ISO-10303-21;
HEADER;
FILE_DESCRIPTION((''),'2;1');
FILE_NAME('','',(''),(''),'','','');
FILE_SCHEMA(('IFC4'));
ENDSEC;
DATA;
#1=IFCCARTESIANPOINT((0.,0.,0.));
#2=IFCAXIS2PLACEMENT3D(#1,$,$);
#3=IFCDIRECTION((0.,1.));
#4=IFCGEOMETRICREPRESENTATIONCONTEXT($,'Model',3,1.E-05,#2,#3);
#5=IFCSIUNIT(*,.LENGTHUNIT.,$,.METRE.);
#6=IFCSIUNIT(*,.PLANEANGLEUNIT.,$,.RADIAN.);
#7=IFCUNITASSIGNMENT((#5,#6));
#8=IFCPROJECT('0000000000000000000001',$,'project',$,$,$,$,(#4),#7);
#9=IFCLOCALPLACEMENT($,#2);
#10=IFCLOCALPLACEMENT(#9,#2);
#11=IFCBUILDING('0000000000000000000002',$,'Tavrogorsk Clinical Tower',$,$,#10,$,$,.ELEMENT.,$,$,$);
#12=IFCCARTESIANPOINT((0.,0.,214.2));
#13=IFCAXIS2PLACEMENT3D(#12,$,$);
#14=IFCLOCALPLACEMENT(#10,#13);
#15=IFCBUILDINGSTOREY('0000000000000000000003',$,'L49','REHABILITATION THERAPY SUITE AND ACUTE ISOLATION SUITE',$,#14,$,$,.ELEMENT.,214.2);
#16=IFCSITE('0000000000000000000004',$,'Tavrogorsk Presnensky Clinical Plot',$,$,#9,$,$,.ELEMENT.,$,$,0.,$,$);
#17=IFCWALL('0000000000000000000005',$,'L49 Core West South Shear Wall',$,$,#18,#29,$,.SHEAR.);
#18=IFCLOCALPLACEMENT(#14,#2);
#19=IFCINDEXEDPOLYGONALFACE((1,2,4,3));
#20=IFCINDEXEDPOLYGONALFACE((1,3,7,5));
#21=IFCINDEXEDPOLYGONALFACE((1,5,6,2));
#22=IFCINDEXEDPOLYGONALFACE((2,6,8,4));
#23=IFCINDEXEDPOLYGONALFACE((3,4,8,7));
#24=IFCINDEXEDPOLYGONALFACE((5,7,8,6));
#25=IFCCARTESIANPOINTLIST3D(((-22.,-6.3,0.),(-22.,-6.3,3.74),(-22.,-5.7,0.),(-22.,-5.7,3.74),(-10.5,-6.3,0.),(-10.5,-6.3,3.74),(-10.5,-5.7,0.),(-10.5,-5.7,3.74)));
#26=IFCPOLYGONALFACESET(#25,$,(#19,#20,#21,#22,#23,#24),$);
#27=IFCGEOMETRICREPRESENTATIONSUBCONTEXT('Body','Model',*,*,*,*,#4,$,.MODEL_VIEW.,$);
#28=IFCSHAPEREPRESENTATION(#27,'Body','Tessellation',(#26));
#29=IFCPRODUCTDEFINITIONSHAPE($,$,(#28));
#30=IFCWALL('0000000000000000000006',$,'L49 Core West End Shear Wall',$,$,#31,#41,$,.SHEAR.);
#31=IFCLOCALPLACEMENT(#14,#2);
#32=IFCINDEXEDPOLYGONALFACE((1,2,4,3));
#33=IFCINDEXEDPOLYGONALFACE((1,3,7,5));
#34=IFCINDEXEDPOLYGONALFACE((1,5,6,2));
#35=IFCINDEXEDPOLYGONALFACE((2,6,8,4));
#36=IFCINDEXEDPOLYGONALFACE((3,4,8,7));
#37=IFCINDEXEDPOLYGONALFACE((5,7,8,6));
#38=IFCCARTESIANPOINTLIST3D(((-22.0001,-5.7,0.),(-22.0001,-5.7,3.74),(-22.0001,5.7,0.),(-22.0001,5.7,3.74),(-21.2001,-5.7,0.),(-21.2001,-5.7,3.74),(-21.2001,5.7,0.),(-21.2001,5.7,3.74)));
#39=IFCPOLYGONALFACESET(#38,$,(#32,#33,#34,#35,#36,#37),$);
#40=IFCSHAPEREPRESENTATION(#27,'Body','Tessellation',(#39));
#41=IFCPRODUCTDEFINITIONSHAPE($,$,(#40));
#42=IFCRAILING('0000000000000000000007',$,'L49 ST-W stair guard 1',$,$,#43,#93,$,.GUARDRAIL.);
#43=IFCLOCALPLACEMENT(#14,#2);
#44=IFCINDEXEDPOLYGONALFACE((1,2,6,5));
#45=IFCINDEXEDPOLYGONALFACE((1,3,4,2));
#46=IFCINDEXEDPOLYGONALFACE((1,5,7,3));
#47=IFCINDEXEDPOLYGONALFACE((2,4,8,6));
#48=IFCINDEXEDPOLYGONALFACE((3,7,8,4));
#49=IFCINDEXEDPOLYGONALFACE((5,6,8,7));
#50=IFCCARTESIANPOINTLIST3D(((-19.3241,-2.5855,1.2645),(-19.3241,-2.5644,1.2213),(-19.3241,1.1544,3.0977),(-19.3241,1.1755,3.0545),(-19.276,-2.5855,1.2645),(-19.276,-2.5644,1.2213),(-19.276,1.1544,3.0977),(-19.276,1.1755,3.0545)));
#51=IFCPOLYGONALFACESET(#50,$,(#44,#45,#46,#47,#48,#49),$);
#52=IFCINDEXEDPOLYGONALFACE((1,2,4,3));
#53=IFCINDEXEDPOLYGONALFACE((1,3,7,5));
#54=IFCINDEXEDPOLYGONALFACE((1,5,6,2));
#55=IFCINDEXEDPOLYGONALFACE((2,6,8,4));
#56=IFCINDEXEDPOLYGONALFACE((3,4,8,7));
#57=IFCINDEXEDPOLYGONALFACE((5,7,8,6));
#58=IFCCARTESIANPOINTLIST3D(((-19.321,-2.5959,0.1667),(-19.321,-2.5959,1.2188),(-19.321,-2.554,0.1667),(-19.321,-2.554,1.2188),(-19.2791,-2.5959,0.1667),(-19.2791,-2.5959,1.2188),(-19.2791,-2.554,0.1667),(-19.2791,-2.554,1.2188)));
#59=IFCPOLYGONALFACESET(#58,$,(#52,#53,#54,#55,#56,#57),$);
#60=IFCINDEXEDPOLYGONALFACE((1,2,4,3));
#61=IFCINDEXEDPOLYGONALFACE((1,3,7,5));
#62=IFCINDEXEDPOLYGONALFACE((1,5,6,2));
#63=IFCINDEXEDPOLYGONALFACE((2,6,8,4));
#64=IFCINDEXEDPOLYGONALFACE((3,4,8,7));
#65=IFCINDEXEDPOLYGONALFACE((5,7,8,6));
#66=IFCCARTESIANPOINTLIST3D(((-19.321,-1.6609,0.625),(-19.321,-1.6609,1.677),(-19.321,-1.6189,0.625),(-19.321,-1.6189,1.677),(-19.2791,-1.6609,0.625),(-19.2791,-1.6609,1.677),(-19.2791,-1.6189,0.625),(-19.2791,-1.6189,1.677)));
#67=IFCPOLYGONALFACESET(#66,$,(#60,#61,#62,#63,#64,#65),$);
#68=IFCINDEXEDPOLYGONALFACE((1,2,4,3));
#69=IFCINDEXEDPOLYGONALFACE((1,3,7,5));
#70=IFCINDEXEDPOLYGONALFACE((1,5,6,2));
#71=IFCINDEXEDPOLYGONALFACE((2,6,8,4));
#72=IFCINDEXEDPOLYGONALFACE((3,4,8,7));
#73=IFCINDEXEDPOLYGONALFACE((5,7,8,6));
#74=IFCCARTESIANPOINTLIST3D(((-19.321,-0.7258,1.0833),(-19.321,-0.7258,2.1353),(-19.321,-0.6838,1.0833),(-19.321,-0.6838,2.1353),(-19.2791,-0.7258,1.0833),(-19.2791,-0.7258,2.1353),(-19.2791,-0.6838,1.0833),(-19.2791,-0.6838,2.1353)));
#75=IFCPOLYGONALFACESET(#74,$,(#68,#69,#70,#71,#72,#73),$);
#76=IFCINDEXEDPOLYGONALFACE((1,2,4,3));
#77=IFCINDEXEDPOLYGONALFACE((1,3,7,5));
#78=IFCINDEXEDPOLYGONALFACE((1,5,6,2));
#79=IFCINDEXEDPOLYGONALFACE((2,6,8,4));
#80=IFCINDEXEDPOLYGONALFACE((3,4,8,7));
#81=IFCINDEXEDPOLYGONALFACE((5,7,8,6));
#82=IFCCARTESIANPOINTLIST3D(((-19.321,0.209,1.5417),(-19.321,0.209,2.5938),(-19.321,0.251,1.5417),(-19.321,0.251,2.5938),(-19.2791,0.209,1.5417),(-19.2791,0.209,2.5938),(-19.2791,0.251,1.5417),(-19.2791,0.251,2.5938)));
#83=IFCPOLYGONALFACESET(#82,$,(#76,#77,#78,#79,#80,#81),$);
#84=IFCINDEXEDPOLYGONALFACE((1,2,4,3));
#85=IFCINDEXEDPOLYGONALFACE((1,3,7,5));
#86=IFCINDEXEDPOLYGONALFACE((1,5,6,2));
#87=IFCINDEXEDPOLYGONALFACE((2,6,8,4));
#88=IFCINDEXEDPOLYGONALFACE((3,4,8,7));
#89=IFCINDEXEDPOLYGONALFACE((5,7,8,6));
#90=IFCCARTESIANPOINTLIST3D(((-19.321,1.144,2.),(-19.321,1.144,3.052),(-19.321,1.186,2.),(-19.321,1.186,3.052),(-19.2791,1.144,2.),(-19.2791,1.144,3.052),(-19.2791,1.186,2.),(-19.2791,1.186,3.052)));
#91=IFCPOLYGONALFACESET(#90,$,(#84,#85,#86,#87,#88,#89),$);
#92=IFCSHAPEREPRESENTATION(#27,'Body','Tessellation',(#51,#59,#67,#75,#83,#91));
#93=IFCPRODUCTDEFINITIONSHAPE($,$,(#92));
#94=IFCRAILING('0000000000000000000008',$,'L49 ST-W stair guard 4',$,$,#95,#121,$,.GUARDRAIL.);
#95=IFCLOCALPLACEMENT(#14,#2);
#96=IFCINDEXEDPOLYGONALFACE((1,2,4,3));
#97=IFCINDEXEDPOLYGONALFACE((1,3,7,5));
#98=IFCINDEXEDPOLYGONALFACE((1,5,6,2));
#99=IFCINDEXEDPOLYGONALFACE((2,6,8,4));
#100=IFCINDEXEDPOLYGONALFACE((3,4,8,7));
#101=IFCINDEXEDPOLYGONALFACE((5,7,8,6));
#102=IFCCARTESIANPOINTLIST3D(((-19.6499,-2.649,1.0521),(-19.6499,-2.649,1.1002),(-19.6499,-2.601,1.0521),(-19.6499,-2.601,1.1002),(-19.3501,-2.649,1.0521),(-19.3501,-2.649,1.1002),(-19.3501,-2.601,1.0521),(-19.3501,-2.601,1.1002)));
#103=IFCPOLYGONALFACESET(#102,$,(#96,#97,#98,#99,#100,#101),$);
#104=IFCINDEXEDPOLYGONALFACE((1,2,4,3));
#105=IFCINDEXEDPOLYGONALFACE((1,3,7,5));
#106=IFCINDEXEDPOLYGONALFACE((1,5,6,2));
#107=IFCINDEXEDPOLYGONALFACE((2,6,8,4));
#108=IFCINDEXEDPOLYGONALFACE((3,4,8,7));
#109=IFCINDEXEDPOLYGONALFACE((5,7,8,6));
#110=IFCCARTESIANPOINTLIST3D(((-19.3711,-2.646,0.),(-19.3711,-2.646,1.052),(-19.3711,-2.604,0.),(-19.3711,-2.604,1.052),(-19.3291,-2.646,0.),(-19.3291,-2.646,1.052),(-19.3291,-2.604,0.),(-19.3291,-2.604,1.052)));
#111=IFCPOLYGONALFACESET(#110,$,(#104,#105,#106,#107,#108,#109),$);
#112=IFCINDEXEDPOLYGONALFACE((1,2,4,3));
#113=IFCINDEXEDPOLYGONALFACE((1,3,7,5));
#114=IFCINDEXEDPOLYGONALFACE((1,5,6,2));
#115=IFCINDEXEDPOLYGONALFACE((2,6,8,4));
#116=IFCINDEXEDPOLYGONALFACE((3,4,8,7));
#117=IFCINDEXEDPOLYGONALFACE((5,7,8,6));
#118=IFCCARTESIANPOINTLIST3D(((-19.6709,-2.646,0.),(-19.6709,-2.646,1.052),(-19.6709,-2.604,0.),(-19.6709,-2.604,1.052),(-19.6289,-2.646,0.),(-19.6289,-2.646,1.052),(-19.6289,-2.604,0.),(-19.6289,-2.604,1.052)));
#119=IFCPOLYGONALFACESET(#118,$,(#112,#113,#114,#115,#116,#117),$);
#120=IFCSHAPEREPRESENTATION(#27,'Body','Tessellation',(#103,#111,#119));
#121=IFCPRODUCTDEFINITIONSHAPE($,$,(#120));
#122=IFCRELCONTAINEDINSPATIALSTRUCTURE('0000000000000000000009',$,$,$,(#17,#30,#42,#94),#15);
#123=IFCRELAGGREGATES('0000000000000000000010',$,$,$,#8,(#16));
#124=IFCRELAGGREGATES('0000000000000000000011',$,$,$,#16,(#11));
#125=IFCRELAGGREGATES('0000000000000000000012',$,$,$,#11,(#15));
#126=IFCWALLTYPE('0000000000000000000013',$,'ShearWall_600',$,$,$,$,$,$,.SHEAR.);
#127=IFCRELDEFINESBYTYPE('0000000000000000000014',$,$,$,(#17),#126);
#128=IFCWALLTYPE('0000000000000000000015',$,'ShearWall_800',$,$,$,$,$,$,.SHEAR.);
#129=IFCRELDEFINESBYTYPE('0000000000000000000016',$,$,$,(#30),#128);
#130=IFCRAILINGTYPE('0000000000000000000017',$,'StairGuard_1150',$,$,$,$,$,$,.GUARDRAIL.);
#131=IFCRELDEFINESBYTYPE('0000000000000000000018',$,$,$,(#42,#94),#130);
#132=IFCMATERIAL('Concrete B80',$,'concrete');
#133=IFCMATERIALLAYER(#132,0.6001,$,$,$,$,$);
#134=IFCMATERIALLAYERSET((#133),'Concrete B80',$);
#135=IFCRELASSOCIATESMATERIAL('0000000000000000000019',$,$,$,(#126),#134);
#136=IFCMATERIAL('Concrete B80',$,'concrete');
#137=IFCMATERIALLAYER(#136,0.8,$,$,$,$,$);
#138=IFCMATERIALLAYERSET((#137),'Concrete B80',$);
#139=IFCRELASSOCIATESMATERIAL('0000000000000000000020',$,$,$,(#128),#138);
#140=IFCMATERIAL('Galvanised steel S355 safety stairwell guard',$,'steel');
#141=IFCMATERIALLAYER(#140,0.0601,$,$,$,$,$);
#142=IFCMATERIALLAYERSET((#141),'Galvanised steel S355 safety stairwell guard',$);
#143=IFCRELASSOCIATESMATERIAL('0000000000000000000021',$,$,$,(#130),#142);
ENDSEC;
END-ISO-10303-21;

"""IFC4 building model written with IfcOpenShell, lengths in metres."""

from ifc_helpers import new_model, si_unit, direction, frame, frame_2d, origin, origin_2d, place, context, subcontext, project, spatial, rectangle, extrude, material, layer, layer_set, type_object, element, save


model = new_model("IFC4")

# Units and contexts
model_context = context("Model", 3, precision=1e-05, world=origin(), true_north=direction((0.0, 1.0)))
body_context = subcontext(model_context, "Body", "Model", "MODEL_VIEW")
ifc_project = project(units=[si_unit("LENGTHUNIT", "METRE"), si_unit("PLANEANGLEUNIT", "RADIAN")], contexts=[model_context])

# Site, building, storey
site_placement = place(None, origin())
site = spatial("IfcSite", under=ifc_project, at=site_placement, Name="Tavrogorsk Presnensky Clinical Plot", CompositionType="ELEMENT", RefElevation=0.0)
building_placement = place(site_placement, origin())
building = spatial("IfcBuilding", under=site, at=building_placement, Name="Tavrogorsk Clinical Tower", CompositionType="ELEMENT")
storey_placement = place(building_placement, frame((0.0, 0.0, 214.2)))
storey = spatial("IfcBuildingStorey", under=building, at=storey_placement, Name="L49", Description="REHABILITATION THERAPY SUITE AND ACUTE ISOLATION SUITE", CompositionType="ELEMENT", Elevation=214.2)

# Walls
ifc_material_1 = material(Name="Concrete B80", Category="concrete")
ifc_layer_1 = layer(ifc_material_1, 0.6001)
ifc_layer_set_1 = layer_set([ifc_layer_1], Name="Concrete B80")
wall_type_1 = type_object("IfcWallType", Name="ShearWall_600", PredefinedType="SHEAR", material=ifc_layer_set_1)
wall_1_placement = place(storey_placement, frame((-22.0, -6.0, 0.0), z_axis=(0.0, 0.0, 1.0), x_axis=(1.0, 0.0, 0.0)))
element("IfcWall", 1, at=wall_1_placement, inside=storey, type_object=wall_type_1, Name="L49 Core West South Shear Wall", PredefinedType="SHEAR", context=body_context, shape_type="SweptSolid", body=[
    extrude(rectangle(XDim=11.5, YDim=0.6001, at=frame_2d((5.75, 0.0))), origin(), (0.0, 0.0, 1.0), 3.74),
])
ifc_material_2 = material(Name="Concrete B80", Category="concrete")
ifc_layer_2 = layer(ifc_material_2, 0.8)
ifc_layer_set_2 = layer_set([ifc_layer_2], Name="Concrete B80")
wall_type_2 = type_object("IfcWallType", Name="ShearWall_800", PredefinedType="SHEAR", material=ifc_layer_set_2)
wall_2_placement = place(storey_placement, frame((-21.6001, -5.7, 0.0), z_axis=(0.0, 0.0, 1.0), x_axis=(0.0, 1.0, 0.0)))
element("IfcWall", 2, at=wall_2_placement, inside=storey, type_object=wall_type_2, Name="L49 Core West End Shear Wall", PredefinedType="SHEAR", context=body_context, shape_type="SweptSolid", body=[
    extrude(rectangle(XDim=11.3999, YDim=0.8, at=frame_2d((5.7, 0.0))), origin(), (0.0, 0.0, 1.0), 3.74),
])

# Railings
ifc_material_3 = material(Name="Galvanised steel S355 safety stairwell guard", Category="steel")
ifc_layer_3 = layer(ifc_material_3, 0.0601)
ifc_layer_set_3 = layer_set([ifc_layer_3], Name="Galvanised steel S355 safety stairwell guard")
railing_type = type_object("IfcRailingType", Name="StairGuard_1150", PredefinedType="GUARDRAIL", material=ifc_layer_set_3)
railing_1_placement = place(storey_placement, frame((-19.3, -2.575, 0.1667)))
element("IfcRailing", 3, at=railing_1_placement, inside=storey, type_object=railing_type, Name="L49 ST-W stair guard 1", PredefinedType="GUARDRAIL", context=body_context, shape_type="SweptSolid", body=[
    extrude(rectangle(XDim=0.0481, YDim=0.0481, at=origin_2d()), frame((0.0, 0.0, 1.0762), z_axis=(0.0, 0.897928, 0.440142), x_axis=(-1.0, 0.0, 0.0)), (0.0, 0.0, 1.0), 4.165),
    extrude(rectangle(XDim=0.042, YDim=0.042, at=origin_2d()), origin(), (0.0, 0.0, 1.0), 1.052),
    extrude(rectangle(XDim=0.042, YDim=0.042, at=origin_2d()), frame((0.0, 0.9351, 0.4583)), (0.0, 0.0, 1.0), 1.052),
    extrude(rectangle(XDim=0.042, YDim=0.042, at=origin_2d()), frame((0.0, 1.8701, 0.9165)), (0.0, 0.0, 1.0), 1.052),
    extrude(rectangle(XDim=0.042, YDim=0.042, at=origin_2d()), frame((0.0, 2.8049, 1.375)), (0.0, 0.0, 1.0), 1.052),
    extrude(rectangle(XDim=0.042, YDim=0.042, at=origin_2d()), frame((0.0, 3.74, 1.8333)), (0.0, 0.0, 1.0), 1.052),
])
railing_2_placement = place(storey_placement, frame((-19.3501, -2.625, 0.0)))
element("IfcRailing", 4, at=railing_2_placement, inside=storey, type_object=railing_type, Name="L49 ST-W stair guard 4", PredefinedType="GUARDRAIL", context=body_context, shape_type="SweptSolid", body=[
    extrude(rectangle(XDim=0.0481, YDim=0.0481, at=origin_2d()), frame((0.0, 0.0, 1.0762), z_axis=(-1.0, 0.0, 0.0), x_axis=(0.0, -1.0, 0.0)), (0.0, 0.0, 1.0), 0.2998),
    extrude(rectangle(XDim=0.042, YDim=0.042, at=origin_2d()), origin(), (0.0, 0.0, 1.0), 1.052),
    extrude(rectangle(XDim=0.042, YDim=0.042, at=origin_2d()), frame((-0.2998, 0.0, 0.0)), (0.0, 0.0, 1.0), 1.052),
])

save(model, "model.ifc")
